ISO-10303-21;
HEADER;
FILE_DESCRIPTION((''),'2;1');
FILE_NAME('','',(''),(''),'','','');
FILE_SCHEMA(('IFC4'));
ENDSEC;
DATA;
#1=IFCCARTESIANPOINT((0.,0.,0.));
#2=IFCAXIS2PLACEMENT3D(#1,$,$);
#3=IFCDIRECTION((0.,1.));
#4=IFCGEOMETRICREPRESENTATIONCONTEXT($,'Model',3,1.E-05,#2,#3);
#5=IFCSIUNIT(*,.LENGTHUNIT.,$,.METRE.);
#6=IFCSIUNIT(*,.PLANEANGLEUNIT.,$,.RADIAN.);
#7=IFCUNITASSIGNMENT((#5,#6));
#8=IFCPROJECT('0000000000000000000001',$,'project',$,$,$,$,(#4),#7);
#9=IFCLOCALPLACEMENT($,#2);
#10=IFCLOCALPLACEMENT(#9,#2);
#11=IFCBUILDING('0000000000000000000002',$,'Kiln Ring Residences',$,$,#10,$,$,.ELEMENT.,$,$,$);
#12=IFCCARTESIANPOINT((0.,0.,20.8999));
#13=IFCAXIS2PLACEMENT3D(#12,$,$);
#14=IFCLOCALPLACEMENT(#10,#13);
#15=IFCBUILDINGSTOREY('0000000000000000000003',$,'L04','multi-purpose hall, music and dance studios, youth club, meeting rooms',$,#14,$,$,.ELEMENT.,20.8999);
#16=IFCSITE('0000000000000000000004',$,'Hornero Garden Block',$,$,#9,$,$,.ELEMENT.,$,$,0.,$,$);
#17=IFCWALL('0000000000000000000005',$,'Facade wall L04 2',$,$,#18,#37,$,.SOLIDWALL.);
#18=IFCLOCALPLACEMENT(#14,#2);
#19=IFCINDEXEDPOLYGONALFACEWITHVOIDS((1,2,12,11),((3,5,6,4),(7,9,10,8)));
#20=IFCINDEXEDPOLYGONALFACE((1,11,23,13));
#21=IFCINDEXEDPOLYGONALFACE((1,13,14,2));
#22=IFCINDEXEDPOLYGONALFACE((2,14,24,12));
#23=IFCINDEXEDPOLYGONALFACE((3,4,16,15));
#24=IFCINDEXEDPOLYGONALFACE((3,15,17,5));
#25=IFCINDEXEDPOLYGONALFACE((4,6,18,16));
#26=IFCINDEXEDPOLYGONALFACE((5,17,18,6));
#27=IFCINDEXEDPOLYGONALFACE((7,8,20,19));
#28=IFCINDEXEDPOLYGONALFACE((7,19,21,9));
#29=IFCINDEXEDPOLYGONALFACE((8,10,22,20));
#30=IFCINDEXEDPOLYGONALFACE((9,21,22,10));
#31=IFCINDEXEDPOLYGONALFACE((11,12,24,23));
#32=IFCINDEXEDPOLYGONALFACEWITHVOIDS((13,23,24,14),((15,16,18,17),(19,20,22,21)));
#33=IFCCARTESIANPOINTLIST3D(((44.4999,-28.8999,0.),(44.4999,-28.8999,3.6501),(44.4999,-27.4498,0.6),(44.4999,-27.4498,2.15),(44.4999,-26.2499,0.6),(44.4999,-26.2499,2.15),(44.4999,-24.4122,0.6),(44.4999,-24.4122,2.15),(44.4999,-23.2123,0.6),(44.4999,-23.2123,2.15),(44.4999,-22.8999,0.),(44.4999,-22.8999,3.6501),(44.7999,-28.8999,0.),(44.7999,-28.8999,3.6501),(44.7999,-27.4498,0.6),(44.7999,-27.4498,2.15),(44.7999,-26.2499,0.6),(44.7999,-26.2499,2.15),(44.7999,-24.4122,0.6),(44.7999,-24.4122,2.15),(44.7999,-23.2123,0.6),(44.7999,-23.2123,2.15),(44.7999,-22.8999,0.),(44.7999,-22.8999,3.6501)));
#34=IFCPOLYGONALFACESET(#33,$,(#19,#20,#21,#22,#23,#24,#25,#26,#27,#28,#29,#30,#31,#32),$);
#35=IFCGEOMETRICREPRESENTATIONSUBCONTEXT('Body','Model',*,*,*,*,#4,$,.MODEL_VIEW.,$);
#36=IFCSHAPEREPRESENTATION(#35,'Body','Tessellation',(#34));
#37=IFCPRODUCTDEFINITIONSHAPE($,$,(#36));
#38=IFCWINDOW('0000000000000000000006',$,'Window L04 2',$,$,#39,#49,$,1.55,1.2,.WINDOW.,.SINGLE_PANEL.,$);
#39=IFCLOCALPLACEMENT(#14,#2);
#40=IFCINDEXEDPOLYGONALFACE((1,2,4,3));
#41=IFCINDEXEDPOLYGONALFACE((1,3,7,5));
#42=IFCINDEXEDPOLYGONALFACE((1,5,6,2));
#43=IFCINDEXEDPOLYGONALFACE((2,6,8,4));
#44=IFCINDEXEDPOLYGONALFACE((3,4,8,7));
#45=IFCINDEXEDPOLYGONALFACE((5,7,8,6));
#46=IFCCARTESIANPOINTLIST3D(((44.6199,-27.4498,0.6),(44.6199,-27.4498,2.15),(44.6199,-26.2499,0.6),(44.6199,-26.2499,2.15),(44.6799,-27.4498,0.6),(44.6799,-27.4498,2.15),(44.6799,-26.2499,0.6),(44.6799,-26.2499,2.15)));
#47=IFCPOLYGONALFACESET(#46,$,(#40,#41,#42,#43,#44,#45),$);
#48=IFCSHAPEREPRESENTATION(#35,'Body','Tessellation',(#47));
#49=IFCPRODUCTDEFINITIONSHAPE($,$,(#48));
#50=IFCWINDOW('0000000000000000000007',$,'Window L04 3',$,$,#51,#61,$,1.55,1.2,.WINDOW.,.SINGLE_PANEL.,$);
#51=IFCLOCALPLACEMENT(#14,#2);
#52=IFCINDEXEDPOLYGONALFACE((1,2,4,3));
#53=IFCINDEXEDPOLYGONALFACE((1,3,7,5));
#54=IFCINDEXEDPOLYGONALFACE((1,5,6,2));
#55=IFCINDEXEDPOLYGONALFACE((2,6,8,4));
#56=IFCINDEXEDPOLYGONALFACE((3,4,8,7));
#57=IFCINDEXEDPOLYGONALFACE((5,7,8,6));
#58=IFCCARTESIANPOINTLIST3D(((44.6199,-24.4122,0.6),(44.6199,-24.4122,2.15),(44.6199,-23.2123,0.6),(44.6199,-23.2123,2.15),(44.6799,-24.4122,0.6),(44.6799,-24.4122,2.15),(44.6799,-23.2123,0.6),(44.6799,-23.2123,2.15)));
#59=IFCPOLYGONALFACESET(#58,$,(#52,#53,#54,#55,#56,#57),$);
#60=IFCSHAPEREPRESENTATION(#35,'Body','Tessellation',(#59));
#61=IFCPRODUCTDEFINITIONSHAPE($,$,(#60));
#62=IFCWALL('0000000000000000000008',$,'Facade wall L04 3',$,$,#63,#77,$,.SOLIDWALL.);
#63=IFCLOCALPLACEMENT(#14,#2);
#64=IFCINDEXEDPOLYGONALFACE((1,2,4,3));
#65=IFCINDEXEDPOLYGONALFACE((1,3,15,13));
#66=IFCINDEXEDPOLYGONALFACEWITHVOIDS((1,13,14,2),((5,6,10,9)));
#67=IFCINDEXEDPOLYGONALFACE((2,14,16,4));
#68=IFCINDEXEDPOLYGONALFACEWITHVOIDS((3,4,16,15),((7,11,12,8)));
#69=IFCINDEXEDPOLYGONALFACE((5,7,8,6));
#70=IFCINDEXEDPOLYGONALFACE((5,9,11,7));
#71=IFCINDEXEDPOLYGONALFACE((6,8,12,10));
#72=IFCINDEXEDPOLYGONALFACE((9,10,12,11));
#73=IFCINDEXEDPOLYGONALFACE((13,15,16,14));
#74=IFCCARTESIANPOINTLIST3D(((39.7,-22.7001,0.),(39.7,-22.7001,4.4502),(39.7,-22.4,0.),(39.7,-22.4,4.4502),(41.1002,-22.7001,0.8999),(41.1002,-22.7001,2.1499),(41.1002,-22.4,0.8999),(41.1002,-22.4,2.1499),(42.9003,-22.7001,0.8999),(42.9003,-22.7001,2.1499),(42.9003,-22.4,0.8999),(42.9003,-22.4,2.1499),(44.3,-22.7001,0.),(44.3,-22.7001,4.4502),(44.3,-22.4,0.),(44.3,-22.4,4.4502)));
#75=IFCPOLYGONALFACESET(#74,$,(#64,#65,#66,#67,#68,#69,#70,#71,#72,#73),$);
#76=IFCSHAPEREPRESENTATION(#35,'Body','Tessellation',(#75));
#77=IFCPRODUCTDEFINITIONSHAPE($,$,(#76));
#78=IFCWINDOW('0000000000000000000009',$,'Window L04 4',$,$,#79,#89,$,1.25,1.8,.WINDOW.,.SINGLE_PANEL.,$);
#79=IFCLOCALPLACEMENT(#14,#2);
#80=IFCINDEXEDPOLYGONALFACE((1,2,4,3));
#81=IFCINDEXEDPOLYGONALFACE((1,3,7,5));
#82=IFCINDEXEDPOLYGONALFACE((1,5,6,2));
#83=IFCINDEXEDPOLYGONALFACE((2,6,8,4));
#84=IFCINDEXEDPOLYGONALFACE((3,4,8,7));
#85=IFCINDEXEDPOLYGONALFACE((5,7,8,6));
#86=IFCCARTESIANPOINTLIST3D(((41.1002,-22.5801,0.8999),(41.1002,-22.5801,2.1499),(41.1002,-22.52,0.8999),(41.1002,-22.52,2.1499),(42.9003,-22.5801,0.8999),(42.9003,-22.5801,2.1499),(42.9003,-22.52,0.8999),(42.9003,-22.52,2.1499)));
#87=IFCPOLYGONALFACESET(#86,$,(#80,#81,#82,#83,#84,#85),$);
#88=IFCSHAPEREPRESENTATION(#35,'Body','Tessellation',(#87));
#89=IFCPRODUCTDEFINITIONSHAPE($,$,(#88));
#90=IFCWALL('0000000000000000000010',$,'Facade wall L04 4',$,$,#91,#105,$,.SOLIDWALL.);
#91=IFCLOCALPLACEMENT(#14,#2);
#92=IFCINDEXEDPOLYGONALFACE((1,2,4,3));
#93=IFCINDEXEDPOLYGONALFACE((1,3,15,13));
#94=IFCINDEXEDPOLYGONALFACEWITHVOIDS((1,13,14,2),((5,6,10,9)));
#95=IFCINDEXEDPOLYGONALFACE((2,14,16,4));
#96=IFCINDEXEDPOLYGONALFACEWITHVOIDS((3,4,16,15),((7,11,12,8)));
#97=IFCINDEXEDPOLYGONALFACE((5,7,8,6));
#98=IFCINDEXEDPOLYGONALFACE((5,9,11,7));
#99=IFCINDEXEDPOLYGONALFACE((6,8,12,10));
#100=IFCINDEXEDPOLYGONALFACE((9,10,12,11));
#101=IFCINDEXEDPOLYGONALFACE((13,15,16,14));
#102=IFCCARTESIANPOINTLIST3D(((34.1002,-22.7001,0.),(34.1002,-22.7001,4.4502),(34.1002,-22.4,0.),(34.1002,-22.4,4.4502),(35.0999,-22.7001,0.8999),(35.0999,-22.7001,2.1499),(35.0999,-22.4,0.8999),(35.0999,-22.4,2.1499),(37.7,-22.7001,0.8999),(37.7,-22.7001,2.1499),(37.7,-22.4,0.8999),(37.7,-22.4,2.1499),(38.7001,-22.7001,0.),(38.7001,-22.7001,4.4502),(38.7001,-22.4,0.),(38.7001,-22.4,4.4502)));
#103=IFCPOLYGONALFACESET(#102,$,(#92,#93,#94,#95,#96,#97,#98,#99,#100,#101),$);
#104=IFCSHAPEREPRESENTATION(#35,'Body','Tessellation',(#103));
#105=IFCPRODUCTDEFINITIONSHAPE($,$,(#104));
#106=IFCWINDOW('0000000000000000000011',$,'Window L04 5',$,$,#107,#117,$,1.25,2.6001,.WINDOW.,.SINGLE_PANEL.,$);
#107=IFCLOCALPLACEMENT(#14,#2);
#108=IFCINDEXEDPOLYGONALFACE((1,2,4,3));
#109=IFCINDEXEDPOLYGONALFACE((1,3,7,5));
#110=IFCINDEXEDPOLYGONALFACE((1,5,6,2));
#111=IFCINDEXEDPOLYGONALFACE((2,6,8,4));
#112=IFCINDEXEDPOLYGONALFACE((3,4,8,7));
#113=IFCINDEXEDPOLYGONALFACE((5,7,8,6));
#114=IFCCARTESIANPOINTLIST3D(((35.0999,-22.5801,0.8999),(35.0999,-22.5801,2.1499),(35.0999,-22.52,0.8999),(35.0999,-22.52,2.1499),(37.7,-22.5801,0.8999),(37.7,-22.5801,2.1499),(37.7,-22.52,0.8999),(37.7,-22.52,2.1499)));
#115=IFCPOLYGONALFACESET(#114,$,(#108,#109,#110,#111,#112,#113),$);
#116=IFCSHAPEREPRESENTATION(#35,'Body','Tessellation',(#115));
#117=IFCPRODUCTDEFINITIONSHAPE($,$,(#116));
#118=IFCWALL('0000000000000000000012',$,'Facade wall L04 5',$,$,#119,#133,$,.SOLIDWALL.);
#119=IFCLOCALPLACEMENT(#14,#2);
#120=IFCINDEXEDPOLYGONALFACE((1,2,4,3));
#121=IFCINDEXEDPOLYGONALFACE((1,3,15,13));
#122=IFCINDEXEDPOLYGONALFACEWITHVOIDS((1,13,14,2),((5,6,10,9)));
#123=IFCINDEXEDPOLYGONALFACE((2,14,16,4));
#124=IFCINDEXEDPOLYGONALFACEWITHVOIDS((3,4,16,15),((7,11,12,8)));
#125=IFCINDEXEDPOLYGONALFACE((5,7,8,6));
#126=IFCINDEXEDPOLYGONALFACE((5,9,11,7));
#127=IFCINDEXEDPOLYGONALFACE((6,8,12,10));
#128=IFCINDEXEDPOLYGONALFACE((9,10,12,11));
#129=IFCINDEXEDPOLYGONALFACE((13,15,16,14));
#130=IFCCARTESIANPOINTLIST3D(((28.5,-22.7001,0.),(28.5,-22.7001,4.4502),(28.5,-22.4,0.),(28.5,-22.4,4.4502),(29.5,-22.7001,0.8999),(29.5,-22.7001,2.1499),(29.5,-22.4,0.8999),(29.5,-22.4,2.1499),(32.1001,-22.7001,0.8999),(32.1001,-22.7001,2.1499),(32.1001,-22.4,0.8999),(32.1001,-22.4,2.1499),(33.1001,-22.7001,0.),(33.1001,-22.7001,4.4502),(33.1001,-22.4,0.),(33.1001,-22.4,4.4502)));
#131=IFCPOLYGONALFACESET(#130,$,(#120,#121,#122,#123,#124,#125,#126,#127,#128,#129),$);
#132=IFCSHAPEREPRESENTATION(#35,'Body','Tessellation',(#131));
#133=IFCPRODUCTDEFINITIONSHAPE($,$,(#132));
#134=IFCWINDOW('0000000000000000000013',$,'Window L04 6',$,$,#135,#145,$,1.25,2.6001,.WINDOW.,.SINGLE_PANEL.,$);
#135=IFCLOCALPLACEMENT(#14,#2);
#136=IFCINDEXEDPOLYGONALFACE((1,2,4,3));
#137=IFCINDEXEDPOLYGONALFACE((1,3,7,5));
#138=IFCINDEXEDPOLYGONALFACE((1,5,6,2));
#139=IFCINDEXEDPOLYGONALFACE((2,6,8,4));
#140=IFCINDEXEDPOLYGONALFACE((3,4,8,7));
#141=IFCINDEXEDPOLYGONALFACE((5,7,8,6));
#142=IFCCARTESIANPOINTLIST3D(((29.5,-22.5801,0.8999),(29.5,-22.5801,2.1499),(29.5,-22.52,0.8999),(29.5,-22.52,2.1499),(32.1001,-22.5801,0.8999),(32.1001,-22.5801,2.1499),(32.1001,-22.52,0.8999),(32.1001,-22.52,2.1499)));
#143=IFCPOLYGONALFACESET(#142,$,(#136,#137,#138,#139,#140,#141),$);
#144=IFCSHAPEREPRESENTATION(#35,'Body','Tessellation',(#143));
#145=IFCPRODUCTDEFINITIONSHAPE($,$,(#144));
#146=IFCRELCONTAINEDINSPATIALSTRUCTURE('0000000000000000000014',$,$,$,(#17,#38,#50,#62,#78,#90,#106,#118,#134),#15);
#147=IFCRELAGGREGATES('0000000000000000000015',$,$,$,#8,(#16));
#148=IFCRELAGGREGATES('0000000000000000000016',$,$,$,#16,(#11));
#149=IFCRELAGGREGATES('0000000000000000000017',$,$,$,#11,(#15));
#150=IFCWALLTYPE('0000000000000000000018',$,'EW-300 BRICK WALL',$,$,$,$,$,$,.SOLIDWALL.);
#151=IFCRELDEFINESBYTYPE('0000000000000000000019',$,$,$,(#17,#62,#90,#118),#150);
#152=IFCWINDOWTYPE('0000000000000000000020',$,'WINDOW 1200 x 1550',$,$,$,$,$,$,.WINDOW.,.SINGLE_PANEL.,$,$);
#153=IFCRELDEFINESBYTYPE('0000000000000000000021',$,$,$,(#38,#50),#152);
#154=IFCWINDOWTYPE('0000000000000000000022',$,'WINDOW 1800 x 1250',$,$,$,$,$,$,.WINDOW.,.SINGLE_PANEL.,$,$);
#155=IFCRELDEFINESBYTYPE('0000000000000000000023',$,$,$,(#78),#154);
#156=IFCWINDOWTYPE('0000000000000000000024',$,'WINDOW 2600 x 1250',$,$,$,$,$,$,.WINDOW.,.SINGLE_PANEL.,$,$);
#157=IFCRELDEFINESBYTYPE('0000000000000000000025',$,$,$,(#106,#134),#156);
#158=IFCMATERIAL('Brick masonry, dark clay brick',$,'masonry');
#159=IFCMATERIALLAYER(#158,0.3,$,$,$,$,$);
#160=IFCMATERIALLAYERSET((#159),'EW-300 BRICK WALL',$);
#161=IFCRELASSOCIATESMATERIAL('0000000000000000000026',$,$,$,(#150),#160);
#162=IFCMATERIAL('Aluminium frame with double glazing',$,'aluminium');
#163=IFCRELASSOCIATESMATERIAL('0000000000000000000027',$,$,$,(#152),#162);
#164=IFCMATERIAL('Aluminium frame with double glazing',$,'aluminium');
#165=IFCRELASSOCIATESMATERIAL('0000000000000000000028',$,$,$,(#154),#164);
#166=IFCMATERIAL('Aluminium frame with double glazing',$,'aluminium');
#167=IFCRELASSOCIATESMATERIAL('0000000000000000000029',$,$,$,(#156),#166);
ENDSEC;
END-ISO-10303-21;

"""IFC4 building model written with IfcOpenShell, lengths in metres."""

from ifc_helpers import new_model, si_unit, direction, frame, frame_2d, origin, place, context, subcontext, project, spatial, rectangle, extrude, material, layer, layer_set, type_object, element, fill, save


model = new_model("IFC4")

# Units and contexts
model_context = context("Model", 3, precision=1e-05, world=origin(), true_north=direction((0.0, 1.0)))
body_context = subcontext(model_context, "Body", "Model", "MODEL_VIEW")
ifc_project = project(units=[si_unit("LENGTHUNIT", "METRE"), si_unit("PLANEANGLEUNIT", "RADIAN")], contexts=[model_context])

# Site, building, storey
site_placement = place(None, origin())
site = spatial("IfcSite", under=ifc_project, at=site_placement, Name="Hornero Garden Block", CompositionType="ELEMENT", RefElevation=0.0)
building_placement = place(site_placement, origin())
building = spatial("IfcBuilding", under=site, at=building_placement, Name="Kiln Ring Residences", CompositionType="ELEMENT")
storey_placement = place(building_placement, frame((0.0, 0.0, 20.8999)))
storey = spatial("IfcBuildingStorey", under=building, at=storey_placement, Name="L04", Description="multi-purpose hall, music and dance studios, youth club, meeting rooms", CompositionType="ELEMENT", Elevation=20.8999)

# Wall, openings, windows
ifc_material_1 = material(Name="Brick masonry, dark clay brick", Category="masonry")
ifc_layer_1 = layer(ifc_material_1, 0.3)
ifc_layer_set_1 = layer_set([ifc_layer_1], Name="EW-300 BRICK WALL")
wall_type_1 = type_object("IfcWallType", Name="EW-300 BRICK WALL", PredefinedType="SOLIDWALL", material=ifc_layer_set_1)
wall_1_placement = place(storey_placement, frame((44.6499, -28.8999, 0.0), z_axis=(0.0, 0.0, 1.0), x_axis=(0.0, 1.0, 0.0)))
wall_1 = element("IfcWall", 1, at=wall_1_placement, inside=storey, type_object=wall_type_1, Name="Facade wall L04 2", PredefinedType="SOLIDWALL", context=body_context, shape_type="SweptSolid", body=[
    extrude(rectangle(XDim=6.0, YDim=0.3, at=frame_2d((3.0, 0.0))), origin(), (0.0, 0.0, 1.0), 3.6501),
])
opening_1_placement = place(wall_1_placement, frame((1.45, 0.0, 0.6001)))
opening_1 = element("IfcOpeningElement", 2, at=opening_1_placement, cuts=wall_1, PredefinedType="OPENING", context=body_context, shape_type="SweptSolid", body=[
    extrude(rectangle(XDim=1.2, YDim=1.55, at=frame_2d((0.6001, 0.7749))), frame((0.0, 0.1599, 0.0), z_axis=(0.0, -1.0, 0.0), x_axis=(1.0, 0.0, 0.0)), (0.0, 0.0, 1.0), 0.3201),
])
opening_2_placement = place(wall_1_placement, frame((4.4875, 0.0, 0.6001)))
opening_2 = element("IfcOpeningElement", 3, at=opening_2_placement, cuts=wall_1, PredefinedType="OPENING", context=body_context, shape_type="SweptSolid", body=[
    extrude(rectangle(XDim=1.2, YDim=1.55, at=frame_2d((0.6001, 0.7749))), frame((0.0, 0.1599, 0.0), z_axis=(0.0, -1.0, 0.0), x_axis=(1.0, 0.0, 0.0)), (0.0, 0.0, 1.0), 0.3201),
])
ifc_material_2 = material(Name="Aluminium frame with double glazing", Category="aluminium")
window_type_1 = type_object("IfcWindowType", Name="WINDOW 1200 x 1550", PartitioningType="SINGLE_PANEL", PredefinedType="WINDOW", material=ifc_material_2)
window_1_placement = place(opening_1_placement, origin())
window_1 = element("IfcWindow", 4, at=window_1_placement, inside=storey, type_object=window_type_1, Name="Window L04 2", OverallHeight=1.55, OverallWidth=1.2, PartitioningType="SINGLE_PANEL", PredefinedType="WINDOW", context=body_context, shape_type="SweptSolid", body=[
    extrude(rectangle(XDim=1.2, YDim=1.55, at=frame_2d((0.6001, 0.7749))), frame((0.0, 0.03, 0.0), z_axis=(0.0, -1.0, 0.0), x_axis=(1.0, 0.0, 0.0)), (0.0, 0.0, 1.0), 0.0601),
])
fill(opening_1, window_1)
window_2_placement = place(opening_2_placement, origin())
window_2 = element("IfcWindow", 5, at=window_2_placement, inside=storey, type_object=window_type_1, Name="Window L04 3", OverallHeight=1.55, OverallWidth=1.2, PartitioningType="SINGLE_PANEL", PredefinedType="WINDOW", context=body_context, shape_type="SweptSolid", body=[
    extrude(rectangle(XDim=1.2, YDim=1.55, at=frame_2d((0.6001, 0.7749))), frame((0.0, 0.03, 0.0), z_axis=(0.0, -1.0, 0.0), x_axis=(1.0, 0.0, 0.0)), (0.0, 0.0, 1.0), 0.0601),
])
fill(opening_2, window_2)

# Walls, openings, windows
wall_2_placement = place(storey_placement, frame((44.3, -22.55, 0.0), z_axis=(0.0, 0.0, 1.0), x_axis=(-1.0, 0.0, 0.0)))
wall_2 = element("IfcWall", 6, at=wall_2_placement, inside=storey, type_object=wall_type_1, Name="Facade wall L04 3", PredefinedType="SOLIDWALL", context=body_context, shape_type="SweptSolid", body=[
    extrude(rectangle(XDim=4.6001, YDim=0.3, at=frame_2d((2.3, 0.0))), origin(), (0.0, 0.0, 1.0), 4.4502),
])
opening_3_placement = place(wall_2_placement, frame((1.3999, 0.0, 0.8999)))
opening_3 = element("IfcOpeningElement", 7, at=opening_3_placement, cuts=wall_2, PredefinedType="OPENING", context=body_context, shape_type="SweptSolid", body=[
    extrude(rectangle(XDim=1.8, YDim=1.25, at=frame_2d((0.8999, 0.625))), frame((0.0, 0.1599, 0.0), z_axis=(0.0, -1.0, 0.0), x_axis=(1.0, 0.0, 0.0)), (0.0, 0.0, 1.0), 0.3201),
])
ifc_material_3 = material(Name="Aluminium frame with double glazing", Category="aluminium")
window_type_2 = type_object("IfcWindowType", Name="WINDOW 1800 x 1250", PartitioningType="SINGLE_PANEL", PredefinedType="WINDOW", material=ifc_material_3)
window_3_placement = place(opening_3_placement, origin())
window_3 = element("IfcWindow", 8, at=window_3_placement, inside=storey, type_object=window_type_2, Name="Window L04 4", OverallHeight=1.25, OverallWidth=1.8, PartitioningType="SINGLE_PANEL", PredefinedType="WINDOW", context=body_context, shape_type="SweptSolid", body=[
    extrude(rectangle(XDim=1.8, YDim=1.25, at=frame_2d((0.8999, 0.625))), frame((0.0, 0.03, 0.0), z_axis=(0.0, -1.0, 0.0), x_axis=(1.0, 0.0, 0.0)), (0.0, 0.0, 1.0), 0.0601),
])
fill(opening_3, window_3)
wall_3_placement = place(storey_placement, frame((38.7, -22.55, 0.0), z_axis=(0.0, 0.0, 1.0), x_axis=(-1.0, 0.0, 0.0)))
wall_3 = element("IfcWall", 9, at=wall_3_placement, inside=storey, type_object=wall_type_1, Name="Facade wall L04 4", PredefinedType="SOLIDWALL", context=body_context, shape_type="SweptSolid", body=[
    extrude(rectangle(XDim=4.5999, YDim=0.3, at=frame_2d((2.2998, 0.0))), origin(), (0.0, 0.0, 1.0), 4.4502),
])
opening_4_placement = place(wall_3_placement, frame((1.0, 0.0, 0.8999)))
opening_4 = element("IfcOpeningElement", 10, at=opening_4_placement, cuts=wall_3, PredefinedType="OPENING", context=body_context, shape_type="SweptSolid", body=[
    extrude(rectangle(XDim=2.6001, YDim=1.25, at=frame_2d((1.3, 0.625))), frame((0.0, 0.1599, 0.0), z_axis=(0.0, -1.0, 0.0), x_axis=(1.0, 0.0, 0.0)), (0.0, 0.0, 1.0), 0.3201),
])
ifc_material_4 = material(Name="Aluminium frame with double glazing", Category="aluminium")
window_type_3 = type_object("IfcWindowType", Name="WINDOW 2600 x 1250", PartitioningType="SINGLE_PANEL", PredefinedType="WINDOW", material=ifc_material_4)
window_4_placement = place(opening_4_placement, origin())
window_4 = element("IfcWindow", 11, at=window_4_placement, inside=storey, type_object=window_type_3, Name="Window L04 5", OverallHeight=1.25, OverallWidth=2.6001, PartitioningType="SINGLE_PANEL", PredefinedType="WINDOW", context=body_context, shape_type="SweptSolid", body=[
    extrude(rectangle(XDim=2.6001, YDim=1.25, at=frame_2d((1.3, 0.625))), frame((0.0, 0.03, 0.0), z_axis=(0.0, -1.0, 0.0), x_axis=(1.0, 0.0, 0.0)), (0.0, 0.0, 1.0), 0.0601),
])
fill(opening_4, window_4)
wall_4_placement = place(storey_placement, frame((33.1001, -22.55, 0.0), z_axis=(0.0, 0.0, 1.0), x_axis=(-1.0, 0.0, 0.0)))
wall_4 = element("IfcWall", 12, at=wall_4_placement, inside=storey, type_object=wall_type_1, Name="Facade wall L04 5", PredefinedType="SOLIDWALL", context=body_context, shape_type="SweptSolid", body=[
    extrude(rectangle(XDim=4.6001, YDim=0.3, at=frame_2d((2.3, 0.0))), origin(), (0.0, 0.0, 1.0), 4.4502),
])
opening_5_placement = place(wall_4_placement, frame((1.0, 0.0, 0.8999)))
opening_5 = element("IfcOpeningElement", 13, at=opening_5_placement, cuts=wall_4, PredefinedType="OPENING", context=body_context, shape_type="SweptSolid", body=[
    extrude(rectangle(XDim=2.6001, YDim=1.25, at=frame_2d((1.3, 0.625))), frame((0.0, 0.1599, 0.0), z_axis=(0.0, -1.0, 0.0), x_axis=(1.0, 0.0, 0.0)), (0.0, 0.0, 1.0), 0.3201),
])
window_5_placement = place(opening_5_placement, origin())
window_5 = element("IfcWindow", 14, at=window_5_placement, inside=storey, type_object=window_type_3, Name="Window L04 6", OverallHeight=1.25, OverallWidth=2.6001, PartitioningType="SINGLE_PANEL", PredefinedType="WINDOW", context=body_context, shape_type="SweptSolid", body=[
    extrude(rectangle(XDim=2.6001, YDim=1.25, at=frame_2d((1.3, 0.625))), frame((0.0, 0.03, 0.0), z_axis=(0.0, -1.0, 0.0), x_axis=(1.0, 0.0, 0.0)), (0.0, 0.0, 1.0), 0.0601),
])
fill(opening_5, window_5)

save(model, "model.ifc")
